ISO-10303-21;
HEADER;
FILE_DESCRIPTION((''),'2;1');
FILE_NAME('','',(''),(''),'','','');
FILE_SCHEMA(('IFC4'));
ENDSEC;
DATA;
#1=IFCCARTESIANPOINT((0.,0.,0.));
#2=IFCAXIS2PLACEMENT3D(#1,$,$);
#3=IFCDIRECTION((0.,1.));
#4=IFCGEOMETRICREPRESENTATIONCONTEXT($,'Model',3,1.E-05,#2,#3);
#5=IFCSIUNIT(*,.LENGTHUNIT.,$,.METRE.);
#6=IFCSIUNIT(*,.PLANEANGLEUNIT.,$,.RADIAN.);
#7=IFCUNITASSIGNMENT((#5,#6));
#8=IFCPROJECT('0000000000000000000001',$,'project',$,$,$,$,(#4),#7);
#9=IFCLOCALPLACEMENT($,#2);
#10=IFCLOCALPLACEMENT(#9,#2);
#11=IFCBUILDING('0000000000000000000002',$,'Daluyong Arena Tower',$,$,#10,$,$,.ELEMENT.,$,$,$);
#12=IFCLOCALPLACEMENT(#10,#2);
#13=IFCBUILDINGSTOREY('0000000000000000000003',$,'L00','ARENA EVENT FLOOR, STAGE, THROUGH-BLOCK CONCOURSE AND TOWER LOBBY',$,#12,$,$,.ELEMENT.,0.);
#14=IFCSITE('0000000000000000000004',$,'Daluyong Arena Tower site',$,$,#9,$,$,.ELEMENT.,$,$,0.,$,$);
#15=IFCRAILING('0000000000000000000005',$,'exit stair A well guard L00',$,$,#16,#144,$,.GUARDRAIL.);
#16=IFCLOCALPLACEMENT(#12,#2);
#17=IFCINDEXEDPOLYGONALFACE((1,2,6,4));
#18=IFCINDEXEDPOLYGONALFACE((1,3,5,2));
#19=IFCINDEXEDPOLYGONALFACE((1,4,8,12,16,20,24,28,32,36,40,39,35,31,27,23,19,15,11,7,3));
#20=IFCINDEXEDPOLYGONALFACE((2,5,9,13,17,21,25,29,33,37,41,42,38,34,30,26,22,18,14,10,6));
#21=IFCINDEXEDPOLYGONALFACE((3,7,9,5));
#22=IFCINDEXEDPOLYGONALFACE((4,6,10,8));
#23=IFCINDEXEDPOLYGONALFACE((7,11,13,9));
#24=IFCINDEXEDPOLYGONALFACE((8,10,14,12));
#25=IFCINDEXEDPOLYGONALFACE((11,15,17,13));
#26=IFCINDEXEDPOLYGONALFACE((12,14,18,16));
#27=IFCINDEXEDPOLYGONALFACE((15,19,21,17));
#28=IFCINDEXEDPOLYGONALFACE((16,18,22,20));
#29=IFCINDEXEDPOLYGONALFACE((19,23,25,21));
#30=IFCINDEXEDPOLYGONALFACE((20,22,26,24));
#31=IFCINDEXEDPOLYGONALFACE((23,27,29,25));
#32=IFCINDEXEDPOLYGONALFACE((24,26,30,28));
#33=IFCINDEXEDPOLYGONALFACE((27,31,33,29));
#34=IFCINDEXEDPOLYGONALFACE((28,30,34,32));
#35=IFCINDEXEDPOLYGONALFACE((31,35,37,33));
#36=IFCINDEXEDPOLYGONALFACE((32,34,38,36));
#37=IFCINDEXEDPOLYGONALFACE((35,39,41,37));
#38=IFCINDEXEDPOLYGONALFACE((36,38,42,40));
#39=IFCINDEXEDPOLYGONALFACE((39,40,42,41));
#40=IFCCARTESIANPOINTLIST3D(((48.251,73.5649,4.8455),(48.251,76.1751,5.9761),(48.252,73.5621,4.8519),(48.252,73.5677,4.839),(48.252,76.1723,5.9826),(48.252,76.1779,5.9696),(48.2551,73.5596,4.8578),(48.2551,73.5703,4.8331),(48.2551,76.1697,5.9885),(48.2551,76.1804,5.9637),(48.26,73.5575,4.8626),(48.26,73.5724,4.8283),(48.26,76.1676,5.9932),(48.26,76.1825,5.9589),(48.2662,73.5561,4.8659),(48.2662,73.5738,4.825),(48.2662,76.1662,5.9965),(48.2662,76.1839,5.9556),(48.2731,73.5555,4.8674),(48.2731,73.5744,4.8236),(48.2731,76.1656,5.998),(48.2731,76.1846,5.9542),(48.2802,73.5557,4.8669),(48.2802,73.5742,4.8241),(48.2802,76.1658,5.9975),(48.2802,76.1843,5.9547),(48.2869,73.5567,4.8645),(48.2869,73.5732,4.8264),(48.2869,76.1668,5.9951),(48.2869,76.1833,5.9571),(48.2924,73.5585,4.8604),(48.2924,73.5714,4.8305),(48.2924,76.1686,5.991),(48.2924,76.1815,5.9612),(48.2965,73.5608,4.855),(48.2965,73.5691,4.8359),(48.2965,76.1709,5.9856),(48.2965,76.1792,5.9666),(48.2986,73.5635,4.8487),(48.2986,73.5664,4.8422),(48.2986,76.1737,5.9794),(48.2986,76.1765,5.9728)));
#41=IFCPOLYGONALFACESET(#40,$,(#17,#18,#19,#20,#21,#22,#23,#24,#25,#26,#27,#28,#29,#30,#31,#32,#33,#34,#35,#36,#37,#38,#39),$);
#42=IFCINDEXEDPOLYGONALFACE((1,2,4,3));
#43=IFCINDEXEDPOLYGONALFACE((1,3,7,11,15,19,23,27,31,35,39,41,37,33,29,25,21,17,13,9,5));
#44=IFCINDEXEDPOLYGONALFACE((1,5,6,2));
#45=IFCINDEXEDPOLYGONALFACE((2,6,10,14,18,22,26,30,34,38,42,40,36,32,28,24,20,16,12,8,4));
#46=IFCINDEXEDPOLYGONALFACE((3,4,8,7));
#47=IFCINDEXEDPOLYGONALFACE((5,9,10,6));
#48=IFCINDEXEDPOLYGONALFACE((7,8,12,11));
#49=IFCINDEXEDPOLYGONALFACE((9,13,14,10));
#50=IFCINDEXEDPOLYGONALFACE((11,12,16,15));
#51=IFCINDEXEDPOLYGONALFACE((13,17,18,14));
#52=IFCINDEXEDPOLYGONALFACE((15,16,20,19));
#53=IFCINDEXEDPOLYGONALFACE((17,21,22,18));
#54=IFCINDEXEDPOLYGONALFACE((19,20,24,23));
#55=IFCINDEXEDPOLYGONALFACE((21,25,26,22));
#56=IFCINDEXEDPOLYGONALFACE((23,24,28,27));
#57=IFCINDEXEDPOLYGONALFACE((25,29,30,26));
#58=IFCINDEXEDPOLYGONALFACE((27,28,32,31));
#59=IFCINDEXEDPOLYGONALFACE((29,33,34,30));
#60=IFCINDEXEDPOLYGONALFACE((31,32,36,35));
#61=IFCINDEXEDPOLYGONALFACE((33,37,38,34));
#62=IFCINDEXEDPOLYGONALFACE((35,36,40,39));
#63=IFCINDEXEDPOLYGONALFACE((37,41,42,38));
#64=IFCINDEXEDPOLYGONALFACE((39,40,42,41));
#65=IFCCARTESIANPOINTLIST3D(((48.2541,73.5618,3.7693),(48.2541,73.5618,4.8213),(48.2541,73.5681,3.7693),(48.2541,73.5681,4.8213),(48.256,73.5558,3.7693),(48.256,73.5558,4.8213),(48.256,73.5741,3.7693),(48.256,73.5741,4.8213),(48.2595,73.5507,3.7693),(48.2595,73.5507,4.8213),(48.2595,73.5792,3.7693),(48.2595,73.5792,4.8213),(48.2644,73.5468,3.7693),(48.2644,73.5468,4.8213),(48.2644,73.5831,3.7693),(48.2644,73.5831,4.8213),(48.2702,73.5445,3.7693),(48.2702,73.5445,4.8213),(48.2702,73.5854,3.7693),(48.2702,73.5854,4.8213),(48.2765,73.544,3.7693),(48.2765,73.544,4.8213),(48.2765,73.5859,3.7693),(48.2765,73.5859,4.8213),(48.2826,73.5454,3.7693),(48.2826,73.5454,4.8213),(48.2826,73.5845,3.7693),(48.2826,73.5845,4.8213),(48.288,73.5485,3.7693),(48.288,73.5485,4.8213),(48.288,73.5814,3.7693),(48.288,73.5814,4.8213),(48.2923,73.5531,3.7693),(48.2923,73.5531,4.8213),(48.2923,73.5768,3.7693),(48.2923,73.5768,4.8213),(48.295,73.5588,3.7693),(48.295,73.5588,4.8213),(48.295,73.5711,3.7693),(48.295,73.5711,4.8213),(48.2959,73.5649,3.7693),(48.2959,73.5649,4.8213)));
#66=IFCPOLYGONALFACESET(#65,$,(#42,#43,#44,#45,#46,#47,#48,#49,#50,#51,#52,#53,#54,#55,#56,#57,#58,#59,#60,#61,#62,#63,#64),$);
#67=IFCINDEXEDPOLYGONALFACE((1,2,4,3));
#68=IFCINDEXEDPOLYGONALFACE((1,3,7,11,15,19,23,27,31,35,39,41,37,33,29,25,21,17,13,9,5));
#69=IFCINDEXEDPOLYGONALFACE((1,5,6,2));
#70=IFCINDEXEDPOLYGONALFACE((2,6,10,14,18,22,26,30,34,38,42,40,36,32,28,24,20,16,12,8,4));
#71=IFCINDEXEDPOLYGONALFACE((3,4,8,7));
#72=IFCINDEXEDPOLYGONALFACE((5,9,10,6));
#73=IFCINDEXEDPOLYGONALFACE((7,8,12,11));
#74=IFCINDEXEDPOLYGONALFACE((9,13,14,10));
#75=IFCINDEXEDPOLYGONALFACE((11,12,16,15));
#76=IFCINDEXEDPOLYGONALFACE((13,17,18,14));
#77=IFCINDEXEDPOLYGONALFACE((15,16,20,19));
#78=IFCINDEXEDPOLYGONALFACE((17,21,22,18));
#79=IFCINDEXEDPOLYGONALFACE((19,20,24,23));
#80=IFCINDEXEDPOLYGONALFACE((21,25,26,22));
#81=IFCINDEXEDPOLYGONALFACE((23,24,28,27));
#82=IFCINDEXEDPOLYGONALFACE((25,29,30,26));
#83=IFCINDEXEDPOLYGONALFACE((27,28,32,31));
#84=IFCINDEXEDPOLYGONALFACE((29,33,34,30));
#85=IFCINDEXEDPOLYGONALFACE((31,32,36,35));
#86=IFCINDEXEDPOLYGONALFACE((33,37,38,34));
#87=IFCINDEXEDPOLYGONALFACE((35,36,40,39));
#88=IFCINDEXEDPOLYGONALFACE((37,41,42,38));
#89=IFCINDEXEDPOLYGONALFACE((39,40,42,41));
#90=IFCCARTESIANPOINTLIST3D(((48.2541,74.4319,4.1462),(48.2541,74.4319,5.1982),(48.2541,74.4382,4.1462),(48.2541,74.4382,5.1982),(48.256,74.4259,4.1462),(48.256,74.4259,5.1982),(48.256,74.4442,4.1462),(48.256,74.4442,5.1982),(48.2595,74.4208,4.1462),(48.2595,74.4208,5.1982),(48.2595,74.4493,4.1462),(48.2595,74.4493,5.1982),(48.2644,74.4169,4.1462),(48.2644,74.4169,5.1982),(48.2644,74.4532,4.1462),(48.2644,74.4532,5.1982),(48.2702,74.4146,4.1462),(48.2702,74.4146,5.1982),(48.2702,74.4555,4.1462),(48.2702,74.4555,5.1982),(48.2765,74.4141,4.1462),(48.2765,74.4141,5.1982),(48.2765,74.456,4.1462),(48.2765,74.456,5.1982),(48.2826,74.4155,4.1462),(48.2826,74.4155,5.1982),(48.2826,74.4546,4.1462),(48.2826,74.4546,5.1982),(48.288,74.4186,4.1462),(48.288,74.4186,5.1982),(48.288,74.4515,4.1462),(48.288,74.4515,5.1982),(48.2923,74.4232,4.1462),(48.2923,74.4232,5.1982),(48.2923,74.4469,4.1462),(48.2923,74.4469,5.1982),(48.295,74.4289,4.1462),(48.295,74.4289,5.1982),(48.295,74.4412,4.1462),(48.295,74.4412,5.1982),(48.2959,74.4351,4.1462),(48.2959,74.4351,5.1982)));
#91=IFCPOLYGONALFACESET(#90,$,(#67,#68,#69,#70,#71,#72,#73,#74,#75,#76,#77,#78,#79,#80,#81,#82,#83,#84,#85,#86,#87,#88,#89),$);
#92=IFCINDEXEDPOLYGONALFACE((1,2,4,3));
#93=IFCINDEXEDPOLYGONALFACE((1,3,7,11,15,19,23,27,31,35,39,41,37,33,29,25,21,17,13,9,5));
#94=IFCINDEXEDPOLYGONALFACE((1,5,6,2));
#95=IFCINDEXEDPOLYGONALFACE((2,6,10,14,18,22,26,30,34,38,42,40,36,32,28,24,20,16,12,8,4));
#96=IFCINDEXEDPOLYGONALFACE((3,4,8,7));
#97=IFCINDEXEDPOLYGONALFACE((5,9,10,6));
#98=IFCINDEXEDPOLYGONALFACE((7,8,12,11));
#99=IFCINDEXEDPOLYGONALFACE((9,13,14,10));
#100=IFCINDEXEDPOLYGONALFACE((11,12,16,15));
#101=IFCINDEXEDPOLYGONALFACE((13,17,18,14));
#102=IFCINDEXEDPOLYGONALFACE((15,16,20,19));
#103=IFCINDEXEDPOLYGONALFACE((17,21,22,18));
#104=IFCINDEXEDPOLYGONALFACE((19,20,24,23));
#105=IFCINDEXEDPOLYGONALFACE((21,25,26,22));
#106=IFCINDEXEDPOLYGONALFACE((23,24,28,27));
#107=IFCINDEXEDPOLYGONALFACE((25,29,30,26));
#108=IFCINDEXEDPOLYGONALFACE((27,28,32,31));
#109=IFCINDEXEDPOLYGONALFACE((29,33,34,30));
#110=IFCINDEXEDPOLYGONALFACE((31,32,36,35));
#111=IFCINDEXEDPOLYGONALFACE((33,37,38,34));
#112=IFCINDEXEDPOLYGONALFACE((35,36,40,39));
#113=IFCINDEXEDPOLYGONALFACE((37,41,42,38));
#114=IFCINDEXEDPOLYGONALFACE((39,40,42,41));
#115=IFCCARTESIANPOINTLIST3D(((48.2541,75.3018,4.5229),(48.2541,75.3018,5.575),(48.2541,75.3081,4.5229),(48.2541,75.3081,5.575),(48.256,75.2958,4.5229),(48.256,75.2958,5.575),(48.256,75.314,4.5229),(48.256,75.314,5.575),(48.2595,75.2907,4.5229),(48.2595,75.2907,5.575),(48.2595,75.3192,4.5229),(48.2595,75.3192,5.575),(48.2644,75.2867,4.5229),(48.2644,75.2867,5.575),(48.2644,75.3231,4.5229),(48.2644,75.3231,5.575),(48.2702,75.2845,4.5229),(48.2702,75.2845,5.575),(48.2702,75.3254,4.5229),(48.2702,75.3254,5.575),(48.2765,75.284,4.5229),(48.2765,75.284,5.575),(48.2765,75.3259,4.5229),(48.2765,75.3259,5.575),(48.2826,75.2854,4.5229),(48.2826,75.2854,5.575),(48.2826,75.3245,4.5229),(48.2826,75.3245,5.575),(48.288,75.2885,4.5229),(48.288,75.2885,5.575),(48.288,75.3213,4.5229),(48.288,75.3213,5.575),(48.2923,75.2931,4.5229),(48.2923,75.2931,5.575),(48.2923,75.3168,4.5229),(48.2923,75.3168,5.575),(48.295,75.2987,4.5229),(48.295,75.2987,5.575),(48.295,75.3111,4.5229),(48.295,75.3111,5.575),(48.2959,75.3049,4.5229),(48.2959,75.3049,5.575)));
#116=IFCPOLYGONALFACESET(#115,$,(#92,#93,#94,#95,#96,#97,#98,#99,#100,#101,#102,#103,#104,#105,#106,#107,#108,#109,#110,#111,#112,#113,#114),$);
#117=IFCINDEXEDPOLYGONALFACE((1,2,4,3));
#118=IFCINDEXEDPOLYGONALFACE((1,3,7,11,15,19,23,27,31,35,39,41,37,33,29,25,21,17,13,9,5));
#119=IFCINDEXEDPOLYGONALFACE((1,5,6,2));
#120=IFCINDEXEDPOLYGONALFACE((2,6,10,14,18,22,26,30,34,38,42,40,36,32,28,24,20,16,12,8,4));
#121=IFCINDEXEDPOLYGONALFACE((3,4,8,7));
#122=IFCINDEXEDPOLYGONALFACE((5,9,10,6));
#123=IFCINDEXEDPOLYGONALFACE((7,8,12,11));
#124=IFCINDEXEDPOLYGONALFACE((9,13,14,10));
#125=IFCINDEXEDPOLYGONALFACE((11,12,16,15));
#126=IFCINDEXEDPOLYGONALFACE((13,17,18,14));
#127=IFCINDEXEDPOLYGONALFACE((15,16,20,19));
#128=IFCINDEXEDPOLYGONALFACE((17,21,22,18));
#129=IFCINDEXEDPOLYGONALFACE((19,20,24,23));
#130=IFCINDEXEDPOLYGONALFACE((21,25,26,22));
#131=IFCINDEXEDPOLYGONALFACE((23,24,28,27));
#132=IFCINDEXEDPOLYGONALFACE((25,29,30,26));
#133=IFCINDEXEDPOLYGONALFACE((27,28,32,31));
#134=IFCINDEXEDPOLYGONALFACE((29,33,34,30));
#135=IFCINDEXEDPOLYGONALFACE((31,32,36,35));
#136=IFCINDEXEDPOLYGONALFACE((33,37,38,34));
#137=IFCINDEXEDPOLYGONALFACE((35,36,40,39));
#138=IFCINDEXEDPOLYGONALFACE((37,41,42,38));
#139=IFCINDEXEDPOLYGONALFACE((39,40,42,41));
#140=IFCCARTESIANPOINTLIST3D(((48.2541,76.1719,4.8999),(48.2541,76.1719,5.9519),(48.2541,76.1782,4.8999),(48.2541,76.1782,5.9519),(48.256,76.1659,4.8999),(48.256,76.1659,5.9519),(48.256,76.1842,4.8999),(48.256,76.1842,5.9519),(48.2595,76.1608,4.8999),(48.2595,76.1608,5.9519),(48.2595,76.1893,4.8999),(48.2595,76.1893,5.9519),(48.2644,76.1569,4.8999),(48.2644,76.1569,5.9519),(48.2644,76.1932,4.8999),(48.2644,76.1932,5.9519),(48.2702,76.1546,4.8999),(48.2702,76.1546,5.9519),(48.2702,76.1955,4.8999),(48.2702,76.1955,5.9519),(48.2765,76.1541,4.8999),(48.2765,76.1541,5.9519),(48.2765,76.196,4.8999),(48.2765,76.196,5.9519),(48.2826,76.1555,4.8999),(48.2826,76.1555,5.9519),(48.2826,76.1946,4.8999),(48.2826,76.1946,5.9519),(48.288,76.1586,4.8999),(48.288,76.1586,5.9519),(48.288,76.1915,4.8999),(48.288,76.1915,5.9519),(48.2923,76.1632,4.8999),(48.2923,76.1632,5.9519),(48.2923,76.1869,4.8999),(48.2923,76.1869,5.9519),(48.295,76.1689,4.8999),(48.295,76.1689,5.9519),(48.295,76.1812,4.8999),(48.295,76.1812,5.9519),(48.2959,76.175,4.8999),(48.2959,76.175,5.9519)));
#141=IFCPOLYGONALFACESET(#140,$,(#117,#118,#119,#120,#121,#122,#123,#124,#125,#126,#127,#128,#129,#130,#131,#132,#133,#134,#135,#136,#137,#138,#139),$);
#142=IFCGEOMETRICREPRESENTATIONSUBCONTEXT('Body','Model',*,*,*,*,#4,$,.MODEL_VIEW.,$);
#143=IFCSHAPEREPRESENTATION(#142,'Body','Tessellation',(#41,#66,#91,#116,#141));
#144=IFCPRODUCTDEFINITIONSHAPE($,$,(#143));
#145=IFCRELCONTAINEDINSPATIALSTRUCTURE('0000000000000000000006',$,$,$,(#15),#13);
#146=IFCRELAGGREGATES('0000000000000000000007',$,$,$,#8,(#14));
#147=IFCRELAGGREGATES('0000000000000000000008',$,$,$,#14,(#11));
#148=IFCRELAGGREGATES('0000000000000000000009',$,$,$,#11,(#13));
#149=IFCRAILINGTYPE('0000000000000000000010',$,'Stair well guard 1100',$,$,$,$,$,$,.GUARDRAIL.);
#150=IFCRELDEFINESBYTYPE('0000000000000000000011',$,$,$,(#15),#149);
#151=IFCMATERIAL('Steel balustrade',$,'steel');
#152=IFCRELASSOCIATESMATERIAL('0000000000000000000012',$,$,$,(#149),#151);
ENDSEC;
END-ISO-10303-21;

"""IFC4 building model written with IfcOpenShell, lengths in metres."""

from ifc_helpers import new_model, si_unit, direction, frame, origin, origin_2d, place, context, subcontext, project, spatial, circle, extrude, material, type_object, element, save


model = new_model("IFC4")

# Units and contexts
model_context = context("Model", 3, precision=1e-05, world=origin(), true_north=direction((0.0, 1.0)))
body_context = subcontext(model_context, "Body", "Model", "MODEL_VIEW")
ifc_project = project(units=[si_unit("LENGTHUNIT", "METRE"), si_unit("PLANEANGLEUNIT", "RADIAN")], contexts=[model_context])

# Site, building, storey
site_placement = place(None, origin())
site = spatial("IfcSite", under=ifc_project, at=site_placement, Name="Daluyong Arena Tower site", CompositionType="ELEMENT", RefElevation=0.0)
building_placement = place(site_placement, origin())
building = spatial("IfcBuilding", under=site, at=building_placement, Name="Daluyong Arena Tower", CompositionType="ELEMENT")
storey_placement = place(building_placement, origin())
storey = spatial("IfcBuildingStorey", under=building, at=storey_placement, Name="L00", Description="ARENA EVENT FLOOR, STAGE, THROUGH-BLOCK CONCOURSE AND TOWER LOBBY", CompositionType="ELEMENT", Elevation=0.0)

# Railing
ifc_material_1 = material(Name="Steel balustrade", Category="steel")
railing_type_1 = type_object("IfcRailingType", Name="Stair well guard 1100", PredefinedType="GUARDRAIL", material=ifc_material_1)
railing_1_placement = place(storey_placement, frame((48.2749, 73.5649, 3.7693)))
element("IfcRailing", 1, at=railing_1_placement, inside=storey, type_object=railing_type_1, Name="exit stair A well guard L00", PredefinedType="GUARDRAIL", context=body_context, shape_type="SweptSolid", body=[
    extrude(circle(Radius=0.0239, at=origin_2d()), frame((0.0, 0.0, 1.0762), z_axis=(0.0, 0.917611, 0.39748), x_axis=(-1.0, 0.0, 0.0)), (0.0, 0.0, 1.0), 2.8445),
    extrude(circle(Radius=0.021, at=origin_2d()), origin(), (0.0, 0.0, 1.0), 1.052),
    extrude(circle(Radius=0.021, at=origin_2d()), frame((0.0, 0.8701, 0.377)), (0.0, 0.0, 1.0), 1.052),
    extrude(circle(Radius=0.021, at=origin_2d()), frame((0.0, 1.74, 0.7537)), (0.0, 0.0, 1.0), 1.052),
    extrude(circle(Radius=0.021, at=origin_2d()), frame((0.0, 2.6101, 1.1306)), (0.0, 0.0, 1.0), 1.052),
])

save(model, "model.ifc")
